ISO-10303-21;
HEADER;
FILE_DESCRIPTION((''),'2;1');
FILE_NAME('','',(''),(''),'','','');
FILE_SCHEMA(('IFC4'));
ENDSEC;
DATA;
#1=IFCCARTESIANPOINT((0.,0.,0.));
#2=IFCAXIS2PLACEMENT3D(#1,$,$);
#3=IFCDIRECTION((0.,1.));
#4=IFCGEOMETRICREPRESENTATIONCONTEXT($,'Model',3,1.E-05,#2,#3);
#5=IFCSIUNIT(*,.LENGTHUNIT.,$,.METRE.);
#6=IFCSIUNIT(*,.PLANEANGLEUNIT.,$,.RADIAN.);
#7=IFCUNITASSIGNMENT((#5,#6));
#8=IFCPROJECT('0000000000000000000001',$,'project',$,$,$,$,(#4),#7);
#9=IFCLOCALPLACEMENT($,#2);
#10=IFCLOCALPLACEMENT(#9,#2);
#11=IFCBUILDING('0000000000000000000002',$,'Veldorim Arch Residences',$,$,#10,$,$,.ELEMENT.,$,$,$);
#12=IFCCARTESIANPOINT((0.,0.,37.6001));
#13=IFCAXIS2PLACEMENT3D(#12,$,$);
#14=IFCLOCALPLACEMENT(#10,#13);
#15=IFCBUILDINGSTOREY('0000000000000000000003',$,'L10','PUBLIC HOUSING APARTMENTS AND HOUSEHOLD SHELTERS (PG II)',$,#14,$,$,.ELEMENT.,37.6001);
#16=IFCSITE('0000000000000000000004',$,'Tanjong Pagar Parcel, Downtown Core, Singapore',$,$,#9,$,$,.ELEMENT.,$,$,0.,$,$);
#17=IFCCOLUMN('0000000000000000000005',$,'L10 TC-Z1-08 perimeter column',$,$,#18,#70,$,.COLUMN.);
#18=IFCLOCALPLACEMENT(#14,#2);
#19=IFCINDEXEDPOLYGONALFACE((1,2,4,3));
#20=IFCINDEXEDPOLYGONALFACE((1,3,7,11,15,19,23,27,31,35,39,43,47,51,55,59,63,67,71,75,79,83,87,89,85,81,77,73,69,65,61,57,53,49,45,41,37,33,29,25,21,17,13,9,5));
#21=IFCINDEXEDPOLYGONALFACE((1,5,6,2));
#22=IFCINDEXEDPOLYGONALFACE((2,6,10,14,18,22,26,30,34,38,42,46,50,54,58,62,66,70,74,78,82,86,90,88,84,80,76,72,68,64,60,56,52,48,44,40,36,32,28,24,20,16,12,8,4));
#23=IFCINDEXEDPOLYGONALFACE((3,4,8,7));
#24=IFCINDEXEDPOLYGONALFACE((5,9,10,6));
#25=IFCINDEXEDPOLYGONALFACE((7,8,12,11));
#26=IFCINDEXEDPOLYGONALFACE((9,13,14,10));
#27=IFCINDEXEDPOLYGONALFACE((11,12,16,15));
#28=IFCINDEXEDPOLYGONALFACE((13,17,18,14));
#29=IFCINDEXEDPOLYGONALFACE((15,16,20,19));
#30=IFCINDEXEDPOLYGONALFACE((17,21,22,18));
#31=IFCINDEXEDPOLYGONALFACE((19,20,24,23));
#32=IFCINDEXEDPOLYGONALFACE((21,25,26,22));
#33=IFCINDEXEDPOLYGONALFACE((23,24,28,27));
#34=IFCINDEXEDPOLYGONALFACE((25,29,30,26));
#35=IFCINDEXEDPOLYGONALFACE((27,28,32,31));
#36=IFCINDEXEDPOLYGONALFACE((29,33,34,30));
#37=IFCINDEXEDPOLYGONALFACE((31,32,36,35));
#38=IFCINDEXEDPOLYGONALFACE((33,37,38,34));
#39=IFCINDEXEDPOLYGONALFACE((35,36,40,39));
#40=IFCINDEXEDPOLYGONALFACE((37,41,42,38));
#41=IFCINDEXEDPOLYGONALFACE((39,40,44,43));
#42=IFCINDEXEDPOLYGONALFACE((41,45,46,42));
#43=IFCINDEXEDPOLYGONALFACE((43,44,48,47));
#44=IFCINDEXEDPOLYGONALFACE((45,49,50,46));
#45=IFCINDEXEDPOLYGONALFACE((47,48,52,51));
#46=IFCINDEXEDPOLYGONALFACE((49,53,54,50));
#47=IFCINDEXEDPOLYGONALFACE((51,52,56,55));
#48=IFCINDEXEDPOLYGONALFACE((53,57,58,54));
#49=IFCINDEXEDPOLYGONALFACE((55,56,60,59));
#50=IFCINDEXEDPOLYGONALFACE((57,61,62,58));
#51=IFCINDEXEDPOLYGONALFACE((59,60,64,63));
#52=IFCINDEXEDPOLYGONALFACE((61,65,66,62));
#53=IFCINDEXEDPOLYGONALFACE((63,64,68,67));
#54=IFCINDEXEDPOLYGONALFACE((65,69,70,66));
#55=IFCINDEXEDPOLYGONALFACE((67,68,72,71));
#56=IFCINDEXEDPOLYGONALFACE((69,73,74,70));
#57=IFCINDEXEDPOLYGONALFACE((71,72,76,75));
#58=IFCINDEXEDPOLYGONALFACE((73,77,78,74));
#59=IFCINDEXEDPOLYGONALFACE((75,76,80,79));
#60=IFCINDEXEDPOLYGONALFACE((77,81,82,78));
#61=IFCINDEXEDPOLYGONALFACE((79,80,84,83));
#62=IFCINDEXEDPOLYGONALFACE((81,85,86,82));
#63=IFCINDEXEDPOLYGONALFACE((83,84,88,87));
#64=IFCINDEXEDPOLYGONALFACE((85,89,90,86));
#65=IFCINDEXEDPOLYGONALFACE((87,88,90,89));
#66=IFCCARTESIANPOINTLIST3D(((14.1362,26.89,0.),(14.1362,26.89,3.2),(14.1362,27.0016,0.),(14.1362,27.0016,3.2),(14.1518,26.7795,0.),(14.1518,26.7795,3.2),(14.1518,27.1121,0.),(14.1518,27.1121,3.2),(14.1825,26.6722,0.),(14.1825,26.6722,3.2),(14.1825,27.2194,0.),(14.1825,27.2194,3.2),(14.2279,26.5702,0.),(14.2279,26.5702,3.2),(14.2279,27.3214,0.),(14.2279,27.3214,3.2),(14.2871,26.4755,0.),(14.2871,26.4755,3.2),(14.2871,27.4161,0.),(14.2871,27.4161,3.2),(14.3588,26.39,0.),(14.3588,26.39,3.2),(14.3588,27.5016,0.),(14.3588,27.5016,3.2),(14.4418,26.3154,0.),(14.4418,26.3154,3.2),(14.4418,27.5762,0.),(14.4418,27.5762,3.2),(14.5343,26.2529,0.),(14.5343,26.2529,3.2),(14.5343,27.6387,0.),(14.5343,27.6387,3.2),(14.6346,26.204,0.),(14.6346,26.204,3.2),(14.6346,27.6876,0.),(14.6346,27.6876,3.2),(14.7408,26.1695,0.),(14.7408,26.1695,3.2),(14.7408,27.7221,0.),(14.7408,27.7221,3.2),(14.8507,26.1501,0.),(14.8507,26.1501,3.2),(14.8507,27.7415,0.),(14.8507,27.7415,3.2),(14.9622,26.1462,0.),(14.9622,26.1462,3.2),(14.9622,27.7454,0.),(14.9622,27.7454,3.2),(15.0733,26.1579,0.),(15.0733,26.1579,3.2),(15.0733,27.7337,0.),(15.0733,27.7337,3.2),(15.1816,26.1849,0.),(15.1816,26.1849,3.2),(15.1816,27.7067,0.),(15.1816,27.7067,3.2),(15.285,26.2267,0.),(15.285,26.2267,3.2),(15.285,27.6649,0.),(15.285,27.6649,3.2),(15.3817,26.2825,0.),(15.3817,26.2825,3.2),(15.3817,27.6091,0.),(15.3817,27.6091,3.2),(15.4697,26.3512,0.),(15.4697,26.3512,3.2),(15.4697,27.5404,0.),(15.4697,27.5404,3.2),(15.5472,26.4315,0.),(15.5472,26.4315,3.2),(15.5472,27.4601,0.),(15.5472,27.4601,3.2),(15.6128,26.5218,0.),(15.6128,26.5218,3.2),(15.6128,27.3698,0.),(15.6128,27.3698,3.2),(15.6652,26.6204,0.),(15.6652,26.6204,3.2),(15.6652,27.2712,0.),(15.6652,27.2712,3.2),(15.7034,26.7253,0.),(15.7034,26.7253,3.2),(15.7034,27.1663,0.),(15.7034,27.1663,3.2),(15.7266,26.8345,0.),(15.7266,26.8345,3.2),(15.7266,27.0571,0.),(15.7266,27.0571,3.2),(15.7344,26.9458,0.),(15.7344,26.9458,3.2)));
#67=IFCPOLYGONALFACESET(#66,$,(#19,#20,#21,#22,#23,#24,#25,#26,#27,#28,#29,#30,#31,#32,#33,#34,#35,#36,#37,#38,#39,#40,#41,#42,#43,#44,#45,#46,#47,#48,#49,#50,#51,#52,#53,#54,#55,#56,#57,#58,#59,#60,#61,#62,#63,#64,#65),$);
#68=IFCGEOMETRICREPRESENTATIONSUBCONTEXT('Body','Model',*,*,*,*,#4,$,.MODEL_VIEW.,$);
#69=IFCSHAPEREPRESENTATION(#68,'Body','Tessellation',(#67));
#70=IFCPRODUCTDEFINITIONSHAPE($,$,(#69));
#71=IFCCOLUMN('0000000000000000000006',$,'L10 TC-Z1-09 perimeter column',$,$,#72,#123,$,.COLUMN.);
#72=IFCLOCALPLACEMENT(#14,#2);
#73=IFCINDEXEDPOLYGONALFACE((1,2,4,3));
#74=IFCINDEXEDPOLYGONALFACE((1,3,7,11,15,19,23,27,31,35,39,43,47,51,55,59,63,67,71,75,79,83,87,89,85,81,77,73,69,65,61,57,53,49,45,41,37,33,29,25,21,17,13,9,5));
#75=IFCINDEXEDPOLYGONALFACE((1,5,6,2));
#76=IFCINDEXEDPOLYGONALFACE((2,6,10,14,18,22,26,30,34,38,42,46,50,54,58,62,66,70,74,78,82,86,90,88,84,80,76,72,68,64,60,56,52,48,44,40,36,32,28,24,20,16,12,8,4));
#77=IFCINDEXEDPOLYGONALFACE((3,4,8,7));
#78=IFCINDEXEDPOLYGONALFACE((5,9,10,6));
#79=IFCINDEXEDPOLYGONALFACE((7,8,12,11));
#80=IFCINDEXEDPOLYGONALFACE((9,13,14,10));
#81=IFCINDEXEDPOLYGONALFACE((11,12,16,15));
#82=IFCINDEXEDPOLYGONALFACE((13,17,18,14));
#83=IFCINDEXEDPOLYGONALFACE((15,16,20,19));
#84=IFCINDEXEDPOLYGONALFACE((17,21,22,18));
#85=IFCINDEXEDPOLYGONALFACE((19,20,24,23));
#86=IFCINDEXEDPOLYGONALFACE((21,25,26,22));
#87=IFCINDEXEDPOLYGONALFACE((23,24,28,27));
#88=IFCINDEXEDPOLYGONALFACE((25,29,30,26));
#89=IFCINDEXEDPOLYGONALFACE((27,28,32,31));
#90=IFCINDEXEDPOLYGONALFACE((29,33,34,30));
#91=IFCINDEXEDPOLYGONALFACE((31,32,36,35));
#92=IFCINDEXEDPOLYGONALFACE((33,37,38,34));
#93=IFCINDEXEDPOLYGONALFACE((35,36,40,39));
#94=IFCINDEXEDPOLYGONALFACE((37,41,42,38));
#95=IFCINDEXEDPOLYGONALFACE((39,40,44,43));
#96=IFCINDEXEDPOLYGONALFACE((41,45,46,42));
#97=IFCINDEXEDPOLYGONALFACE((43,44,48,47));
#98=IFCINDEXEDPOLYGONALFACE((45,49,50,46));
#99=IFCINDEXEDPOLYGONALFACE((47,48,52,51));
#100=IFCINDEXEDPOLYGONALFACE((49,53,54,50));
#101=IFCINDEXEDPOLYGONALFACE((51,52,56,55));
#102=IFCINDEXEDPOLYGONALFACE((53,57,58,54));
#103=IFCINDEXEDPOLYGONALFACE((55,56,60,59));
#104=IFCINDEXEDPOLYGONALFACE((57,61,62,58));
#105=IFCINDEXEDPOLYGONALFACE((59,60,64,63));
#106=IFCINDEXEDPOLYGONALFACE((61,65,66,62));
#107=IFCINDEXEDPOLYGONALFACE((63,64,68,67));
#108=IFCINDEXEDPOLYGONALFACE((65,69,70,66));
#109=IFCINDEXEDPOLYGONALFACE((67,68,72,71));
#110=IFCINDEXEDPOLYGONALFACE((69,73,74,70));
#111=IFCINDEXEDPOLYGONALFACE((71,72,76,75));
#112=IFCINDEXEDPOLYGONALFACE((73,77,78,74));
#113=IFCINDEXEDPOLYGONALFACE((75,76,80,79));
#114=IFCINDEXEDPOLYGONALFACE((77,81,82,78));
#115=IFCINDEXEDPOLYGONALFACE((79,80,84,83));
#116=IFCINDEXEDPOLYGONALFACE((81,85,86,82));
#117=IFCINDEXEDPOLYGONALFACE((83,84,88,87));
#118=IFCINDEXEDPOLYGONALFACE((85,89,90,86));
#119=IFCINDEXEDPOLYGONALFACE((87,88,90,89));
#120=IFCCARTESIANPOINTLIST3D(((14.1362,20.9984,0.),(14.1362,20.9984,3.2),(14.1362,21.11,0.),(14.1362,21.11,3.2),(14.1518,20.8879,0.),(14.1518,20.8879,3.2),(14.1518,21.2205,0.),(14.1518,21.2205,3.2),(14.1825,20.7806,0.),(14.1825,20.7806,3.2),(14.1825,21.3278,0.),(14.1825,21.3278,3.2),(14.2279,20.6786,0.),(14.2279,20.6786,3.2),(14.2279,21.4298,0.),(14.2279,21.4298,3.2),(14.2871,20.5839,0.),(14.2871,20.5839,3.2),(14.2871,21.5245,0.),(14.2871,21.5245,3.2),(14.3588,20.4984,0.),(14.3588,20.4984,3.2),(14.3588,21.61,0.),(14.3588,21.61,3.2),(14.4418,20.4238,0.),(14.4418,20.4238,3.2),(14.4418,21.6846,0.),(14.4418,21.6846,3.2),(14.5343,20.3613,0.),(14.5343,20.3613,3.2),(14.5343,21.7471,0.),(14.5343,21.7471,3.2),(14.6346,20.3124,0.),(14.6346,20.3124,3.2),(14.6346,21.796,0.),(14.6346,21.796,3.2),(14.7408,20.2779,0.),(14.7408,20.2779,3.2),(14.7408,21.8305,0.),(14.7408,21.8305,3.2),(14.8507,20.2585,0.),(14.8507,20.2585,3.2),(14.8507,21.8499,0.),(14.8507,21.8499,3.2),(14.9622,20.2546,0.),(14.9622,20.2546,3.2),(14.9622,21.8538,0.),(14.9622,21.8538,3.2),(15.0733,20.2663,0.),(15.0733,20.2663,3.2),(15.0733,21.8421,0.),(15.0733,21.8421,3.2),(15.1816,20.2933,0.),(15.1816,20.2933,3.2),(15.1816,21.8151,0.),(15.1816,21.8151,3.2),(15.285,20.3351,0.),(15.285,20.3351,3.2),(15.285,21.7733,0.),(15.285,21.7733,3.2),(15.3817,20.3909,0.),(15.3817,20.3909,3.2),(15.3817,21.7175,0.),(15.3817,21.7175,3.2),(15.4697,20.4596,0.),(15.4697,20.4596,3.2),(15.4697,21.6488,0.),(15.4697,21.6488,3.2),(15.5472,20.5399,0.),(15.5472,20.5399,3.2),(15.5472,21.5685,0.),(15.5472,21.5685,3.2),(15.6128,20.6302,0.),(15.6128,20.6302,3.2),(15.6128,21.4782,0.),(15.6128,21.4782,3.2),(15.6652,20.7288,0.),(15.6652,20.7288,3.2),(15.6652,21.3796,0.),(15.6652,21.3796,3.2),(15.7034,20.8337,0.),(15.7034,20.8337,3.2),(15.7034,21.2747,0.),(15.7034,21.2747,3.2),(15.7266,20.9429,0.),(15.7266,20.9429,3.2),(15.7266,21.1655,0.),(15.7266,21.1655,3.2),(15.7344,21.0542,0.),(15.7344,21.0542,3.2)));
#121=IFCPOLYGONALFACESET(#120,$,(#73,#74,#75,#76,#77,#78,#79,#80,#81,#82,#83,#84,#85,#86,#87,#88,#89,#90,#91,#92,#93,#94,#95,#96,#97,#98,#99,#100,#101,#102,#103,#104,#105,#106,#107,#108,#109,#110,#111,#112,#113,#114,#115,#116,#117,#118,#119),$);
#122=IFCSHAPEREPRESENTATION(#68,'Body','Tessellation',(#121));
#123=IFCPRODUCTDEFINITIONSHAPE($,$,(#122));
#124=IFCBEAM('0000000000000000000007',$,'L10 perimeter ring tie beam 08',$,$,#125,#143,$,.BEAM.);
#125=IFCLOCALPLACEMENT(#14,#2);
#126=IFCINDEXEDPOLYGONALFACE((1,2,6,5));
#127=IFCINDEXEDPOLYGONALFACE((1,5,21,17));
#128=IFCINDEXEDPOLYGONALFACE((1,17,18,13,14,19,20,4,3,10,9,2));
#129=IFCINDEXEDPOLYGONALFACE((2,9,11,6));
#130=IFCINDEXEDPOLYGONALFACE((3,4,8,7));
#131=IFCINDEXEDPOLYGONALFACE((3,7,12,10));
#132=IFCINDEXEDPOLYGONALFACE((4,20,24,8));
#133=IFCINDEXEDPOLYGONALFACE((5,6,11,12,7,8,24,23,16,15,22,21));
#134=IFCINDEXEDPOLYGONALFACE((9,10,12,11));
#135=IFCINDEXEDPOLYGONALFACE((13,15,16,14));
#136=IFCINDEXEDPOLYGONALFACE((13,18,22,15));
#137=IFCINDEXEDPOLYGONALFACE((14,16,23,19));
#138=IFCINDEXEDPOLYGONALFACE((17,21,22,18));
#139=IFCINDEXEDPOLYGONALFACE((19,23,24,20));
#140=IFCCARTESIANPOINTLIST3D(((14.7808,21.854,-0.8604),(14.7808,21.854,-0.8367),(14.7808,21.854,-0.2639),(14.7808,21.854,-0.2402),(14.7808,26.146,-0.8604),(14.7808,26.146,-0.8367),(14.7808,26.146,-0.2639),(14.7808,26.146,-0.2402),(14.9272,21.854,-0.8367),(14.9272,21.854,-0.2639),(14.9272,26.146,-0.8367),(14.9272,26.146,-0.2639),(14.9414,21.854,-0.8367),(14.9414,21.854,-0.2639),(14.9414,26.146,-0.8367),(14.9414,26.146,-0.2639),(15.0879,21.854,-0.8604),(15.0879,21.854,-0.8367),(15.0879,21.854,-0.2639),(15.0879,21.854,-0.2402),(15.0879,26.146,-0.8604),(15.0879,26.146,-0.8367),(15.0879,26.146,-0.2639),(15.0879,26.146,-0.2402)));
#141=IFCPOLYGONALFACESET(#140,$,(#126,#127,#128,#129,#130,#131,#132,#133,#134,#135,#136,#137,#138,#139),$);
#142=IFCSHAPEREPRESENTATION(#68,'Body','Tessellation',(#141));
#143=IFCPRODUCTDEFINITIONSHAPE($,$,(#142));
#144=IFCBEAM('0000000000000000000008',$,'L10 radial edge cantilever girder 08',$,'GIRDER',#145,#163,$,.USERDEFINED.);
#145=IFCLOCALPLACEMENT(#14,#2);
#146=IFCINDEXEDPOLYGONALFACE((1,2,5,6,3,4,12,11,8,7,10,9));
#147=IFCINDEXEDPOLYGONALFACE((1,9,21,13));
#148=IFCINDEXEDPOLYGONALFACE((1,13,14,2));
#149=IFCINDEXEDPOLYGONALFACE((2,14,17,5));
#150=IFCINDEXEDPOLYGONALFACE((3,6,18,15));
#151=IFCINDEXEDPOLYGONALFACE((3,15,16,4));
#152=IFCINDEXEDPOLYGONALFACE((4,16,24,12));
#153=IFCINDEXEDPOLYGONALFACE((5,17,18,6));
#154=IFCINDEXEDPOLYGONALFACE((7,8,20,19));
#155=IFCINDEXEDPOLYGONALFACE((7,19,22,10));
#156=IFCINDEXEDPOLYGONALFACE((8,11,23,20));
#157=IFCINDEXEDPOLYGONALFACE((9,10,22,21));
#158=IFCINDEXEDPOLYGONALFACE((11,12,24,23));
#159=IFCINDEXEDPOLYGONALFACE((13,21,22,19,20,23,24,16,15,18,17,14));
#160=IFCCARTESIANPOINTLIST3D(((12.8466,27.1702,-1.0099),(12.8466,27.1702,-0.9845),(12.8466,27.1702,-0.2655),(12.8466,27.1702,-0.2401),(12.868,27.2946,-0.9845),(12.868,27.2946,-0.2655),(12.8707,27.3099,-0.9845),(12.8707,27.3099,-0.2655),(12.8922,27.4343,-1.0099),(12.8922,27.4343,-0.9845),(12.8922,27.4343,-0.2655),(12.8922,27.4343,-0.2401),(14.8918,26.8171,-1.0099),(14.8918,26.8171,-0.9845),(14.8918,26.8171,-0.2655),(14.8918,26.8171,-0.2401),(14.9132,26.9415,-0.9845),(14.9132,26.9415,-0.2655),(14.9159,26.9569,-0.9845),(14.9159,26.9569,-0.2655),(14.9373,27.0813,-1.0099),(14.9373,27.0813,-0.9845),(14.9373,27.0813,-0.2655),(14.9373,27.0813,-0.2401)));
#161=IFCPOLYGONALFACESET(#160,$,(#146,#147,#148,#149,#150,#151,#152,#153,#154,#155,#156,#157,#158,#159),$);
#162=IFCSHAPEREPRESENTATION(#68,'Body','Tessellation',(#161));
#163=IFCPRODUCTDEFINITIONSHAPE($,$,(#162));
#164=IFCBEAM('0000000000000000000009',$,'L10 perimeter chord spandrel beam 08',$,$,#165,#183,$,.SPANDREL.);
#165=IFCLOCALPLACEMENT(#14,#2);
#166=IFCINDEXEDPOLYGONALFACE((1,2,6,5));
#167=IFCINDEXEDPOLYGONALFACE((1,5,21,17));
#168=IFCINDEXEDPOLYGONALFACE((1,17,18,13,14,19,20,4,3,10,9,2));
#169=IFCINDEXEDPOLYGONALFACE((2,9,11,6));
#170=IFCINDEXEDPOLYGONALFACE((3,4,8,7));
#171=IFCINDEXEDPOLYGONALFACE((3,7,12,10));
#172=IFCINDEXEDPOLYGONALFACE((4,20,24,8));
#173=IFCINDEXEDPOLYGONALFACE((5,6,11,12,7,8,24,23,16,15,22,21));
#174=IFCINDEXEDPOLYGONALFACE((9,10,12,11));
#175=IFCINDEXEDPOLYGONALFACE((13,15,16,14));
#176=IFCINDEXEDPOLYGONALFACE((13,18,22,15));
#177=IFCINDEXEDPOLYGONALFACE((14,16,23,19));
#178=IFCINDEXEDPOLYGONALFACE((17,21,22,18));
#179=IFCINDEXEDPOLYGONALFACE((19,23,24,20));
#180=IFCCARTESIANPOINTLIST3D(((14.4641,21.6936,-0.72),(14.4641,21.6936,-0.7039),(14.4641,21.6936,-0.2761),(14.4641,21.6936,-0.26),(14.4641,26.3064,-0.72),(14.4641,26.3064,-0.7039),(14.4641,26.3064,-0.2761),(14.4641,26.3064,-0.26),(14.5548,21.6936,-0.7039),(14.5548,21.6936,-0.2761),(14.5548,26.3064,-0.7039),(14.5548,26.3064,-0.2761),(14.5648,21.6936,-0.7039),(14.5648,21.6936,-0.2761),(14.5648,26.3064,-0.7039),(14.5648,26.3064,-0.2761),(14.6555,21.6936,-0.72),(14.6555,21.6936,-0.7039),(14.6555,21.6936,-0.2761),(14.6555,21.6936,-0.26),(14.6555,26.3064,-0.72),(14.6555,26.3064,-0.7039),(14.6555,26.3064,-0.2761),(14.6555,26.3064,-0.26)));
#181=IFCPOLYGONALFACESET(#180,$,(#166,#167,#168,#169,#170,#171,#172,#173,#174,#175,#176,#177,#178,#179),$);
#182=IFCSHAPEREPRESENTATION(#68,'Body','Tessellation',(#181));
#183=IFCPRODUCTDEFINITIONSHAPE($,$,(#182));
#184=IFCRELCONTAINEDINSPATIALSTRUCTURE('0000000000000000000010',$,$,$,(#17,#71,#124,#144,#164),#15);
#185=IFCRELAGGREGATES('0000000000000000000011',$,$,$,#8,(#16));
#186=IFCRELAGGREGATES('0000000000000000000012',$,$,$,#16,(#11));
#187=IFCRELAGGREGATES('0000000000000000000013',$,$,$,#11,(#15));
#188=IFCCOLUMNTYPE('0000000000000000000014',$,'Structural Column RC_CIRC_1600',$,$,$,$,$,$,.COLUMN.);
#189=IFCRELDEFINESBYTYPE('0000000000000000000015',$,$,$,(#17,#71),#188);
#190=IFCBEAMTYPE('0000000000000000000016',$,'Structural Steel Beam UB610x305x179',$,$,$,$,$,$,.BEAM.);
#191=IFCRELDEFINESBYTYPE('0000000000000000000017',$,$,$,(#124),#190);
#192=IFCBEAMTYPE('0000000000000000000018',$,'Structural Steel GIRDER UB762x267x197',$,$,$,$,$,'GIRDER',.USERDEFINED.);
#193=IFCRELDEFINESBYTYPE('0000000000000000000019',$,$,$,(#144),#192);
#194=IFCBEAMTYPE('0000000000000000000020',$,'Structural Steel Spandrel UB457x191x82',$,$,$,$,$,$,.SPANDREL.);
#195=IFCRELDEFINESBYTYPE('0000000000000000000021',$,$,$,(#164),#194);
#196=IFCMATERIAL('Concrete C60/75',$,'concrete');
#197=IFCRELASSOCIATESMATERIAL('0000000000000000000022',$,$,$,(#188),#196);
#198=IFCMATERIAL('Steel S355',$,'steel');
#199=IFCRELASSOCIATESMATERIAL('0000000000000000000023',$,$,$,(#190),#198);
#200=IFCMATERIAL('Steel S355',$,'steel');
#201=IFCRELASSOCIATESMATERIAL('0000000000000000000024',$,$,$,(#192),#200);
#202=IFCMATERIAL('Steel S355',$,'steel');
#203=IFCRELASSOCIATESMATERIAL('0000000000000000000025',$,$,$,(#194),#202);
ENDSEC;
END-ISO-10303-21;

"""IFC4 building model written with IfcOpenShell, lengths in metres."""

from ifc_helpers import new_model, si_unit, direction, frame, origin, origin_2d, place, context, subcontext, project, spatial, circle, i_section, extrude, material, material_profile, profile_set, type_object, element, save


model = new_model("IFC4")

# Units and contexts
model_context = context("Model", 3, precision=1e-05, world=origin(), true_north=direction((0.0, 1.0)))
body_context = subcontext(model_context, "Body", "Model", "MODEL_VIEW")
ifc_project = project(units=[si_unit("LENGTHUNIT", "METRE"), si_unit("PLANEANGLEUNIT", "RADIAN")], contexts=[model_context])

# Site, building, storey
site_placement = place(None, origin())
site = spatial("IfcSite", under=ifc_project, at=site_placement, Name="Tanjong Pagar Parcel, Downtown Core, Singapore", CompositionType="ELEMENT", RefElevation=0.0)
building_placement = place(site_placement, origin())
building = spatial("IfcBuilding", under=site, at=building_placement, Name="Veldorim Arch Residences", CompositionType="ELEMENT")
storey_placement = place(building_placement, frame((0.0, 0.0, 37.6001)))
storey = spatial("IfcBuildingStorey", under=building, at=storey_placement, Name="L10", Description="PUBLIC HOUSING APARTMENTS AND HOUSEHOLD SHELTERS (PG II)", CompositionType="ELEMENT", Elevation=37.6001)

# Columns
ifc_material_1 = material(Name="Concrete C60/75", Category="concrete")
ifc_material_profile_1 = material_profile(ifc_material_1, circle(Radius=0.8, at=origin_2d()), Name="RC_CIRC_1600")
ifc_profile_set_1 = profile_set([ifc_material_profile_1], Name="Concrete C60/75")
column_type = type_object("IfcColumnType", Name="Structural Column RC_CIRC_1600", PredefinedType="COLUMN", material=ifc_profile_set_1)
for number, where, z_axis, x_axis, name in (
    (1, (14.9343, 26.9458, 0.0), (0.0, 0.0, 1.0), (1.0, 0.0, 0.0), "L10 TC-Z1-08 perimeter column"),
    (2, (14.9343, 21.0542, 0.0), (0.0, 0.0, 1.0), (1.0, 0.0, 0.0), "L10 TC-Z1-09 perimeter column"),
):
    element("IfcColumn", number, at=place(storey_placement, frame(where, z_axis=z_axis, x_axis=x_axis)), inside=storey, type_object=column_type, Name=name, PredefinedType="COLUMN", context=body_context, shape_type="SweptSolid", body=[
        extrude(circle(Radius=0.8, at=origin_2d()), origin(), (0.0, 0.0, 1.0), 3.2),
    ])

# Beams
ifc_material_2 = material(Name="Steel S355", Category="steel")
ifc_material_profile_2 = material_profile(ifc_material_2, i_section(OverallWidth=0.3071, OverallDepth=0.6201, WebThickness=0.0142, FlangeThickness=0.0237, at=origin_2d()), Name="UB610x305x179")
ifc_profile_set_2 = profile_set([ifc_material_profile_2], Name="Steel S355")
beam_type_1 = type_object("IfcBeamType", Name="Structural Steel Beam UB610x305x179", PredefinedType="BEAM", material=ifc_profile_set_2)
beam_1_placement = place(storey_placement, frame((14.9343, 26.146, -0.5503), z_axis=(0.0, -1.0, 0.0), x_axis=(1.0, 0.0, 0.0)))
element("IfcBeam", 3, at=beam_1_placement, inside=storey, type_object=beam_type_1, Name="L10 perimeter ring tie beam 08", PredefinedType="BEAM", context=body_context, shape_type="SweptSolid", body=[
    extrude(i_section(OverallWidth=0.3071, OverallDepth=0.6201, WebThickness=0.0142, FlangeThickness=0.0237, at=origin_2d()), origin(), (0.0, 0.0, 1.0), 4.292),
])
ifc_material_3 = material(Name="Steel S355", Category="steel")
ifc_material_profile_3 = material_profile(ifc_material_3, i_section(OverallWidth=0.2681, OverallDepth=0.7698, WebThickness=0.0156, FlangeThickness=0.0254, at=origin_2d()), Name="UB762x267x197")
ifc_profile_set_3 = profile_set([ifc_material_profile_3], Name="Steel S355")
beam_type_2 = type_object("IfcBeamType", Name="Structural Steel GIRDER UB762x267x197", ElementType="GIRDER", PredefinedType="USERDEFINED", material=ifc_profile_set_3)
beam_2_placement = place(storey_placement, frame((14.9146, 26.9492, -0.625), z_axis=(-0.985427, 0.1701, 0.0), x_axis=(-0.1701, -0.985427, 0.0)))
element("IfcBeam", 4, at=beam_2_placement, inside=storey, type_object=beam_type_2, Name="L10 radial edge cantilever girder 08", ObjectType="GIRDER", PredefinedType="USERDEFINED", context=body_context, shape_type="SweptSolid", body=[
    extrude(i_section(OverallWidth=0.2681, OverallDepth=0.7698, WebThickness=0.0156, FlangeThickness=0.0254, at=origin_2d()), origin(), (0.0, 0.0, 1.0), 2.0754),
])
ifc_material_4 = material(Name="Steel S355", Category="steel")
ifc_material_profile_4 = material_profile(ifc_material_4, i_section(OverallWidth=0.1914, OverallDepth=0.46, WebThickness=0.01, FlangeThickness=0.0161, at=origin_2d()), Name="UB457x191x82")
ifc_profile_set_4 = profile_set([ifc_material_profile_4], Name="Steel S355")
beam_type_3 = type_object("IfcBeamType", Name="Structural Steel Spandrel UB457x191x82", PredefinedType="SPANDREL", material=ifc_profile_set_4)
beam_3_placement = place(storey_placement, frame((14.5598, 26.3064, -0.49), z_axis=(0.0, -1.0, 0.0), x_axis=(1.0, 0.0, 0.0)))
element("IfcBeam", 5, at=beam_3_placement, inside=storey, type_object=beam_type_3, Name="L10 perimeter chord spandrel beam 08", PredefinedType="SPANDREL", context=body_context, shape_type="SweptSolid", body=[
    extrude(i_section(OverallWidth=0.1914, OverallDepth=0.46, WebThickness=0.01, FlangeThickness=0.0161, at=origin_2d()), origin(), (0.0, 0.0, 1.0), 4.6128),
])

save(model, "model.ifc")
